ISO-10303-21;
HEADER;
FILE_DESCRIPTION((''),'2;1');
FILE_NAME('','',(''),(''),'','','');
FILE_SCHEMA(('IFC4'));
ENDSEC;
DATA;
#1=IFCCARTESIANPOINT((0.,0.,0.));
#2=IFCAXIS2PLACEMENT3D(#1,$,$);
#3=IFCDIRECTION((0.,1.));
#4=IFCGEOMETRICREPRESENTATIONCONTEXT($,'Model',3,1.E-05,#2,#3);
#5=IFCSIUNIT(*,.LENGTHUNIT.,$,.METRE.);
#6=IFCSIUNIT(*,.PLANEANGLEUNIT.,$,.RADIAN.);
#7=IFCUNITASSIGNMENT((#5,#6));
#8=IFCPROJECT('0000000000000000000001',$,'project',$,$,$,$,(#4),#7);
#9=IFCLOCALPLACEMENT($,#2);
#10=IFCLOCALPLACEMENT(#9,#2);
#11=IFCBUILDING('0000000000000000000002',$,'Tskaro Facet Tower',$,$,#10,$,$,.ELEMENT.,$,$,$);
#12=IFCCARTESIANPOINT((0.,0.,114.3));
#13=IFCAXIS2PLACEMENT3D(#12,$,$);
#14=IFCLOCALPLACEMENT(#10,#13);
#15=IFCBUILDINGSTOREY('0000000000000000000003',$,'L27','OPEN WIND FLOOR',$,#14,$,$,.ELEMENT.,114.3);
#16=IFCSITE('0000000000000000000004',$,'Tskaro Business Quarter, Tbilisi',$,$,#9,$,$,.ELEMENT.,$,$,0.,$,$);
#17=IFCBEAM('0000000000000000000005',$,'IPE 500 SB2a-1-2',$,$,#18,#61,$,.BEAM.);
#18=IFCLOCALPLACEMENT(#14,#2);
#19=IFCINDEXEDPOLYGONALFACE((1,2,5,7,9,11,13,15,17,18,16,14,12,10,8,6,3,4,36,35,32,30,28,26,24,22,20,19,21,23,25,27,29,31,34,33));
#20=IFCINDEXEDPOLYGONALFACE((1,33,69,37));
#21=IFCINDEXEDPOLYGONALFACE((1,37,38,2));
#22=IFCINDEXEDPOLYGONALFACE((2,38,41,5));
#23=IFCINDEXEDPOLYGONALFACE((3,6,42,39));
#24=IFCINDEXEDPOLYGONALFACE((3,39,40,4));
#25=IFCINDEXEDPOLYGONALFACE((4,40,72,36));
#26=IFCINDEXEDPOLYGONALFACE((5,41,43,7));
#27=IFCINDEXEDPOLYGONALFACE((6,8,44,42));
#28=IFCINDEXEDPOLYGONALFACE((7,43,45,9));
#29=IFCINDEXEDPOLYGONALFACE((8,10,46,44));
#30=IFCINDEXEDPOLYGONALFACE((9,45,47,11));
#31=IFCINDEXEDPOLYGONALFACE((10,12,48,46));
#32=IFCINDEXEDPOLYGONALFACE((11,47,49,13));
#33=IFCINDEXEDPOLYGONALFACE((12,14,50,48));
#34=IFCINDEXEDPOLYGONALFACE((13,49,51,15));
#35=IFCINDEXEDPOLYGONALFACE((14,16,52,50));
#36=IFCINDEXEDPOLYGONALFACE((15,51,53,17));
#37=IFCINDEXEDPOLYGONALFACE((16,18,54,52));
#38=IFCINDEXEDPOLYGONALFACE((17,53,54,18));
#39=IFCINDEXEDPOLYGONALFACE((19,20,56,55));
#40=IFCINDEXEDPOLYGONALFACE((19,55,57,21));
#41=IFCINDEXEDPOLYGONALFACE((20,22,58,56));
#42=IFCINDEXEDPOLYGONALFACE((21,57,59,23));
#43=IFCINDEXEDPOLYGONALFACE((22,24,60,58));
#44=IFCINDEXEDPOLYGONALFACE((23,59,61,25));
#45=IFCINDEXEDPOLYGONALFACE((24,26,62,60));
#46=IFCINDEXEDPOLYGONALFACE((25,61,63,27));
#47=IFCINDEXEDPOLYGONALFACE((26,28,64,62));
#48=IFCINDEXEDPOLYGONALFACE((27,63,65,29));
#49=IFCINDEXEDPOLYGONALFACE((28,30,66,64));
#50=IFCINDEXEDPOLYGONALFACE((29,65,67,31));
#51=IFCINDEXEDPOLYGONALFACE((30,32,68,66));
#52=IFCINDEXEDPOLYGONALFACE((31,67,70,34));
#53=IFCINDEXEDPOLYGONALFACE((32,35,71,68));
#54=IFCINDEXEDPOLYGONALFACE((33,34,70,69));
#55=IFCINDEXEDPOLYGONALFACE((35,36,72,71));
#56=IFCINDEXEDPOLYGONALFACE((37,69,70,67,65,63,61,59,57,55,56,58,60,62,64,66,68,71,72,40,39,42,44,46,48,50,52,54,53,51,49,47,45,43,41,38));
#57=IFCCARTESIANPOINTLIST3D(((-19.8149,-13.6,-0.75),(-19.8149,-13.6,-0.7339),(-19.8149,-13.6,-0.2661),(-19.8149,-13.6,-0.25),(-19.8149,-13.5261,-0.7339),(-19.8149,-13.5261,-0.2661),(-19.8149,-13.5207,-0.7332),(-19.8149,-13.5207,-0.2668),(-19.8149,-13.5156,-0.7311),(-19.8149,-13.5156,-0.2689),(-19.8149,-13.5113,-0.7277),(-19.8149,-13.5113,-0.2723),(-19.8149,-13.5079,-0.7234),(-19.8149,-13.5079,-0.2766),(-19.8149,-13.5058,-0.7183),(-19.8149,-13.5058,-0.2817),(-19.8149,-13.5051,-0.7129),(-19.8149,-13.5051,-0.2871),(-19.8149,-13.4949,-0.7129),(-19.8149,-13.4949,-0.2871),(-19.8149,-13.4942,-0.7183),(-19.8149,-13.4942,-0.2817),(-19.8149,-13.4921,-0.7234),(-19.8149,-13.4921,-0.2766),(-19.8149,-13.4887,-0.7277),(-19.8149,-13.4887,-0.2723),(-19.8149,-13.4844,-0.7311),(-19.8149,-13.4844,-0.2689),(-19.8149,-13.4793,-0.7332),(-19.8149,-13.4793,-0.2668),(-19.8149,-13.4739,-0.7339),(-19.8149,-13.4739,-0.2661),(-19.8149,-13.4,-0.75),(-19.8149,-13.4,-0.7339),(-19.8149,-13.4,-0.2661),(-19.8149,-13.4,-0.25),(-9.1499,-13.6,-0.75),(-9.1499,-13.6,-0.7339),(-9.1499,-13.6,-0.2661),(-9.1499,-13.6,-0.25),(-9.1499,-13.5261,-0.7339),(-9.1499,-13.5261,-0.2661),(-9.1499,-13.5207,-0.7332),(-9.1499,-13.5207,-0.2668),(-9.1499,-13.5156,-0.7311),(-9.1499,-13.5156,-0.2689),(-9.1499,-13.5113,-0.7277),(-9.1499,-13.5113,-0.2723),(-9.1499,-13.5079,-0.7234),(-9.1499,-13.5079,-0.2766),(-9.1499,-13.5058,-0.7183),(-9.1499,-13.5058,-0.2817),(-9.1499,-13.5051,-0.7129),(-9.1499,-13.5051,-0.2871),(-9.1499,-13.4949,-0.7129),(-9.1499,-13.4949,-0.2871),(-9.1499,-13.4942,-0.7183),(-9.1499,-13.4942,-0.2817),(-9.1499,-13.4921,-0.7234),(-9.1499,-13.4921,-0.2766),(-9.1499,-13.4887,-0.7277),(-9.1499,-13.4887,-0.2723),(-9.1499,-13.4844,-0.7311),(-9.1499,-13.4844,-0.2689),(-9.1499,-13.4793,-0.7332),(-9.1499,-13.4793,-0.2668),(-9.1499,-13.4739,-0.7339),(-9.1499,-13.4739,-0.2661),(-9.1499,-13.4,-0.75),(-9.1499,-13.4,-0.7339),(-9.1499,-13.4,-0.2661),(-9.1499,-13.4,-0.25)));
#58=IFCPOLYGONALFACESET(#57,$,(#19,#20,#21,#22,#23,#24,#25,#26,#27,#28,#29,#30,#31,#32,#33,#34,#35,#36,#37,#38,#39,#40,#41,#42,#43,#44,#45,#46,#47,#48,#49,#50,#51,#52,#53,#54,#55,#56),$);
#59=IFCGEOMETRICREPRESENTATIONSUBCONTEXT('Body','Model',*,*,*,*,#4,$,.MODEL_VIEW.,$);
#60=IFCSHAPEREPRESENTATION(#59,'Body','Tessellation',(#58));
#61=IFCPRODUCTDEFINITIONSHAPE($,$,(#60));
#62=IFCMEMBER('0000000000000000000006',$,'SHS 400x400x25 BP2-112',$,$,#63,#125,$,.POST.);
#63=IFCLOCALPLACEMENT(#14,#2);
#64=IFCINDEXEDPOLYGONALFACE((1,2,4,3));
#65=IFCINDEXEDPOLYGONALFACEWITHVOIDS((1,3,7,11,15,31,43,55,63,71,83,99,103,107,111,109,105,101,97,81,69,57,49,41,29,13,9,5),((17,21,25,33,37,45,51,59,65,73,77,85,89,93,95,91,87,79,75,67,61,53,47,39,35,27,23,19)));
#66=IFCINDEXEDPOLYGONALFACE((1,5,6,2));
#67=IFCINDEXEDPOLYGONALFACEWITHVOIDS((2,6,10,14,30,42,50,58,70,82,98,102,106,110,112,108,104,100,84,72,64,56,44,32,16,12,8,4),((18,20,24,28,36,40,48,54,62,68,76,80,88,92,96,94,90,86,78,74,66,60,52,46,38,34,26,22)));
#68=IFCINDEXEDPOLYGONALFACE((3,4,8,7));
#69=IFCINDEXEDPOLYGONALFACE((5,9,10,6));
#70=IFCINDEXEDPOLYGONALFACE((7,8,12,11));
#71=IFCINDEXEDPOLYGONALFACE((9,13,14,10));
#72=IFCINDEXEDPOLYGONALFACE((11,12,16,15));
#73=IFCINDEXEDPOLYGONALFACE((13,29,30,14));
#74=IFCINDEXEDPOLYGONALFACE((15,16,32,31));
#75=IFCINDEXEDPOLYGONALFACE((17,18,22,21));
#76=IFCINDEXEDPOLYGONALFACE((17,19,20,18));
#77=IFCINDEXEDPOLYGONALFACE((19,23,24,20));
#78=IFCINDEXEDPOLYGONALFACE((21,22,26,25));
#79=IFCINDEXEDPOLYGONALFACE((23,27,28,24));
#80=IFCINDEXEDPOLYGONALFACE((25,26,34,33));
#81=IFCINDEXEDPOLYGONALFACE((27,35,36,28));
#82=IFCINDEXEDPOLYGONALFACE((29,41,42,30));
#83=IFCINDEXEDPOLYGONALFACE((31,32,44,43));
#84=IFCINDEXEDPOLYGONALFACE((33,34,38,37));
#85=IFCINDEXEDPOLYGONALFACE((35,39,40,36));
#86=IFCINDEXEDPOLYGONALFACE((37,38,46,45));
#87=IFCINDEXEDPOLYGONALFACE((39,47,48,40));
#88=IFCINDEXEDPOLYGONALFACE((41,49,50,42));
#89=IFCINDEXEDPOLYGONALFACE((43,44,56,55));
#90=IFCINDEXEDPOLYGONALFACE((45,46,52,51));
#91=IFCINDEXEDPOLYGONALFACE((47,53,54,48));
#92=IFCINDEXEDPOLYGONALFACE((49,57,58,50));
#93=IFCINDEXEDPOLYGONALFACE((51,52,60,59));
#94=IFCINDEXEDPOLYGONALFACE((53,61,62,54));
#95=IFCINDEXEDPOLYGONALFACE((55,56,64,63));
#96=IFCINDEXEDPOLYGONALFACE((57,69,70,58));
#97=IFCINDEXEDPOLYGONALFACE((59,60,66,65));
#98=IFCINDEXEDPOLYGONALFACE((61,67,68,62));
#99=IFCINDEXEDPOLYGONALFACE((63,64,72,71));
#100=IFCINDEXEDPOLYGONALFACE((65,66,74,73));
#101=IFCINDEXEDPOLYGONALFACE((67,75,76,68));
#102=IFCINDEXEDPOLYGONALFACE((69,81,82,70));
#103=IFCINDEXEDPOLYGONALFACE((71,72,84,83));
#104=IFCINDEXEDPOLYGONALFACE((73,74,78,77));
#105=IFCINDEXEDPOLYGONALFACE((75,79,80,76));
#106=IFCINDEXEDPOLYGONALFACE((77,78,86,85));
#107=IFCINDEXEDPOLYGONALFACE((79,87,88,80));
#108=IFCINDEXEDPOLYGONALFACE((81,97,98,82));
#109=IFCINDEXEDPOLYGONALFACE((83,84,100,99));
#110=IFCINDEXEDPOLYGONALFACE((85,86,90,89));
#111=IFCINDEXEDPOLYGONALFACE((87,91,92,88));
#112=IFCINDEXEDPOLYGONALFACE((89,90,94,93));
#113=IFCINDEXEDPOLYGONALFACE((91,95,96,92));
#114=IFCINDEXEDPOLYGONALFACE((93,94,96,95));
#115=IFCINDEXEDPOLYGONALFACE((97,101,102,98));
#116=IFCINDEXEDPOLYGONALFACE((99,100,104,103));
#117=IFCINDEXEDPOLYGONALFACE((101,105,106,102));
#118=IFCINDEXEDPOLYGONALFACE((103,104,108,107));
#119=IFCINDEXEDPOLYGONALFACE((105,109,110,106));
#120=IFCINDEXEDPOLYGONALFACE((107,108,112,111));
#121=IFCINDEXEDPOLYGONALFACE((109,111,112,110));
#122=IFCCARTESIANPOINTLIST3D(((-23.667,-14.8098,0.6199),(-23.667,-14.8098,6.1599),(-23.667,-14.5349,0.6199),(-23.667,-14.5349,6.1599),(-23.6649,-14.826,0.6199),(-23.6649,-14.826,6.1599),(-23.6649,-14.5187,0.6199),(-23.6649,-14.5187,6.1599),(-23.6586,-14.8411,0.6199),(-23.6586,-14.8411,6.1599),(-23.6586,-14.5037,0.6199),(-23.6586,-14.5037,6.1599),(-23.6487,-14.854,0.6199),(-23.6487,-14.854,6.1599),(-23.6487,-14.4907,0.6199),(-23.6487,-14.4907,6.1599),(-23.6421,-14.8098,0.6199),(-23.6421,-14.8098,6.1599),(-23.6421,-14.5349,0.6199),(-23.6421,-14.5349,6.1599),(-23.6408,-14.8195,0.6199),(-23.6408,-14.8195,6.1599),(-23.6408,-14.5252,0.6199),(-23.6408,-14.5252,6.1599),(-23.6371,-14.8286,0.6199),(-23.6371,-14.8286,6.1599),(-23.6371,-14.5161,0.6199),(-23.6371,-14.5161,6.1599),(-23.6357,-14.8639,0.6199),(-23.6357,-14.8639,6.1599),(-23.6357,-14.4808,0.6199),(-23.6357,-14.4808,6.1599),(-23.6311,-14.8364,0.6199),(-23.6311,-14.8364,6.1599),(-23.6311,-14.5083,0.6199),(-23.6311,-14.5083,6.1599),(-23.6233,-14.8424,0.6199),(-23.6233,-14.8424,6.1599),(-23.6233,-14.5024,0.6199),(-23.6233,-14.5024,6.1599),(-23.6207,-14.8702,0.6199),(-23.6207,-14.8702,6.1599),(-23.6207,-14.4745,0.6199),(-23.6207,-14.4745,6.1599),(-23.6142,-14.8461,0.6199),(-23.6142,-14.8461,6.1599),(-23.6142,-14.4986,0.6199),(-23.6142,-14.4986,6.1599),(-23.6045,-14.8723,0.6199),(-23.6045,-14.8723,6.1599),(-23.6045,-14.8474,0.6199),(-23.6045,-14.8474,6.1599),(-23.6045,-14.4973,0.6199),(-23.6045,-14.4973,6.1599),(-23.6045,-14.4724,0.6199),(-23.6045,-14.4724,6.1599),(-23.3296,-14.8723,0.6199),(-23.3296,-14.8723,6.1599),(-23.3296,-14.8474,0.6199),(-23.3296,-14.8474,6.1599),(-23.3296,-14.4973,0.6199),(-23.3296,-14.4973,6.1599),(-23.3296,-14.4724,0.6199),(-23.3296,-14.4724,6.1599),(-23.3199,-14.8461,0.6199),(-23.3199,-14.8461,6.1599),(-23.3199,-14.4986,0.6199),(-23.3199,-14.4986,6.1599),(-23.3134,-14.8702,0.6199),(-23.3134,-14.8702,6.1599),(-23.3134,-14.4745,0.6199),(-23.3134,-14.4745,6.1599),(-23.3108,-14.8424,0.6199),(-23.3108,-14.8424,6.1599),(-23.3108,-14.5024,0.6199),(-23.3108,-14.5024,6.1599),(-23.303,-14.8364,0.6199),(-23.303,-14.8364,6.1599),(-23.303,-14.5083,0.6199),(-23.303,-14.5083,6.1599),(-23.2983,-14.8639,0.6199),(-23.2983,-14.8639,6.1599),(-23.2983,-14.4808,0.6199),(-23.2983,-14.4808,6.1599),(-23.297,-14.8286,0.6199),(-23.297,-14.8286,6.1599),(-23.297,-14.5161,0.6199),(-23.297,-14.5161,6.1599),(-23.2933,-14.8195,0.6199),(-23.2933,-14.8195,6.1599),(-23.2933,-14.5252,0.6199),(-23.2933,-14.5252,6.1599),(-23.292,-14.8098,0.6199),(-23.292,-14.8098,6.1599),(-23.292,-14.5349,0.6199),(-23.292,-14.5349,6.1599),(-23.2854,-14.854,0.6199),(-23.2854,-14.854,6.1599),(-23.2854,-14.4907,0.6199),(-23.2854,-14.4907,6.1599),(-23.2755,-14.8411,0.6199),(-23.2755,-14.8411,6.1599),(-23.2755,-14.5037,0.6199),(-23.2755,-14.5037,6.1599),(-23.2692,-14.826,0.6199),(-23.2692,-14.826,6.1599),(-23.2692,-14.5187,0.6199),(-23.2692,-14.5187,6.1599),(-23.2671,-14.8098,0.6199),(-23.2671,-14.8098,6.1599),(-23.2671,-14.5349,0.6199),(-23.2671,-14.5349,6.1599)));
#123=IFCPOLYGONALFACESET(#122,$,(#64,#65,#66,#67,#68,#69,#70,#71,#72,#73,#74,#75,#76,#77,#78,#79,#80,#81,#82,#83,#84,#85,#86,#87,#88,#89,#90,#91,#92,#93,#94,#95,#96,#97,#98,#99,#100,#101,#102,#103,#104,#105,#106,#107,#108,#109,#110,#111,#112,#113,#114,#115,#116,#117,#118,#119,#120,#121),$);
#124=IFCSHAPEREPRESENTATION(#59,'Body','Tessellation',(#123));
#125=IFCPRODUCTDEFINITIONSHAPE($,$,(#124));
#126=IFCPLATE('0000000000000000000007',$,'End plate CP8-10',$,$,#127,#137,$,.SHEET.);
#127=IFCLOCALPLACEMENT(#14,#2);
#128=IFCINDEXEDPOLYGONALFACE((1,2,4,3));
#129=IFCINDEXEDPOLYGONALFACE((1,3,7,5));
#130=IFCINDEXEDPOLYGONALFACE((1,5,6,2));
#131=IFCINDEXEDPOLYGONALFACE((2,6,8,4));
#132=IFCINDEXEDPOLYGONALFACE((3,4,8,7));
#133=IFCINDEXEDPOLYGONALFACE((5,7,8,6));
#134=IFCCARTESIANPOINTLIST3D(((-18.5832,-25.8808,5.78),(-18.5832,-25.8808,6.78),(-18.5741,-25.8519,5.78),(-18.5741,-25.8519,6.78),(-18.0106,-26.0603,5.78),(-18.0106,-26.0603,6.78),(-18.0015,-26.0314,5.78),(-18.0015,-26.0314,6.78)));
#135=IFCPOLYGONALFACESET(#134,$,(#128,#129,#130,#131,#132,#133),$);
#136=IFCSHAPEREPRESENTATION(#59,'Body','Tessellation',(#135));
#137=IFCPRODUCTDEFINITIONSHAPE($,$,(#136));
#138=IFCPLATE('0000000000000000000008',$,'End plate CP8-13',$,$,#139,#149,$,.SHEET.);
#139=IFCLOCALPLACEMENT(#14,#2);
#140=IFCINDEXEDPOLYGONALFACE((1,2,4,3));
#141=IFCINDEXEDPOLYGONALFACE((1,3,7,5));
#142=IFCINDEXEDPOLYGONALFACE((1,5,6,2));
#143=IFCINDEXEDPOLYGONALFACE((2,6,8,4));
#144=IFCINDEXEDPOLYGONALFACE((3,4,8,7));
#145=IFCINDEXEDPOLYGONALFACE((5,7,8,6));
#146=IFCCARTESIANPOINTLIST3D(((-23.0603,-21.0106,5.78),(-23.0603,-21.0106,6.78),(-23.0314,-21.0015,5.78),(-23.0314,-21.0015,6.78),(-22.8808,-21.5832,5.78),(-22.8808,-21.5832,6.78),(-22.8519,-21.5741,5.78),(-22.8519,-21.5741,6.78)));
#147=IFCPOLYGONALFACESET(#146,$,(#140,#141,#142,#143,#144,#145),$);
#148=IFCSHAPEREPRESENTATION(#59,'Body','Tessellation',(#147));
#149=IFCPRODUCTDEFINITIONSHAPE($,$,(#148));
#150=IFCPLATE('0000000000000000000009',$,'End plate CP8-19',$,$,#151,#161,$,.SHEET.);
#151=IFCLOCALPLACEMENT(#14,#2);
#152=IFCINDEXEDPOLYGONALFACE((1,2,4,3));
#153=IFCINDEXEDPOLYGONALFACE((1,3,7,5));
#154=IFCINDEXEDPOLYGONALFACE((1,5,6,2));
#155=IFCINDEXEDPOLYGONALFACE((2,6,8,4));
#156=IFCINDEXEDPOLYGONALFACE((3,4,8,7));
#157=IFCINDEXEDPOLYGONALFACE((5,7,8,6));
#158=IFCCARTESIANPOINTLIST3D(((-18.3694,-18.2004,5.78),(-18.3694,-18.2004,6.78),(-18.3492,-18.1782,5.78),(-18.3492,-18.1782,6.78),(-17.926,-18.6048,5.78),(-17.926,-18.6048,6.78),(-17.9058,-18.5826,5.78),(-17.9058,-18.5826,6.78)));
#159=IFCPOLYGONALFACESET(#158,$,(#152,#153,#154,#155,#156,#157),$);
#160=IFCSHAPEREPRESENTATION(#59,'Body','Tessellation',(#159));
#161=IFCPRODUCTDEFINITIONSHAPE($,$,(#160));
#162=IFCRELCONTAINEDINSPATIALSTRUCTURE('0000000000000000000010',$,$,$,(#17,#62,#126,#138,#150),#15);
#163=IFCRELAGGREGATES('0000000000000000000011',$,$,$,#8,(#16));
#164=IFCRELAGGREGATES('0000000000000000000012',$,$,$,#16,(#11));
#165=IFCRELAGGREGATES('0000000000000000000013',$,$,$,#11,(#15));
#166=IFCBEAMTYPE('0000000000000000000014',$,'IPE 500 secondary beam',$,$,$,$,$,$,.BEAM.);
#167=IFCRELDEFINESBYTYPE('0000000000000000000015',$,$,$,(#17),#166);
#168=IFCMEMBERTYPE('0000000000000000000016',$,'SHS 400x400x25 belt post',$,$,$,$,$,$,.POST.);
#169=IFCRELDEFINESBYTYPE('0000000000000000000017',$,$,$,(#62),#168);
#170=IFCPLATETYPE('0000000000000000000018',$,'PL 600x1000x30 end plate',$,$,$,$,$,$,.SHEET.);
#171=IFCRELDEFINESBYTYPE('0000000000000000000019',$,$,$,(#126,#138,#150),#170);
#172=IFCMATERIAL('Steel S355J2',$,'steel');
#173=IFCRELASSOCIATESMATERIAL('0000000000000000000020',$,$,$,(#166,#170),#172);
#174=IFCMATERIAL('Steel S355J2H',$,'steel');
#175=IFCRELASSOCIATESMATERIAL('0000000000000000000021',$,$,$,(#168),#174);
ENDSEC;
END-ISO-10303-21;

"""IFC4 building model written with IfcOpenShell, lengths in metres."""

from ifc_helpers import new_model, si_unit, direction, frame, origin, origin_2d, place, context, subcontext, project, spatial, rectangle, hollow_rectangle, i_section, extrude, material, material_profile, profile_set, type_object, element, save


model = new_model("IFC4")

# Units and contexts
model_context = context("Model", 3, precision=1e-05, world=origin(), true_north=direction((0.0, 1.0)))
body_context = subcontext(model_context, "Body", "Model", "MODEL_VIEW")
ifc_project = project(units=[si_unit("LENGTHUNIT", "METRE"), si_unit("PLANEANGLEUNIT", "RADIAN")], contexts=[model_context])

# Site, building, storey
site_placement = place(None, origin())
site = spatial("IfcSite", under=ifc_project, at=site_placement, Name="Tskaro Business Quarter, Tbilisi", CompositionType="ELEMENT", RefElevation=0.0)
building_placement = place(site_placement, origin())
building = spatial("IfcBuilding", under=site, at=building_placement, Name="Tskaro Facet Tower", CompositionType="ELEMENT")
storey_placement = place(building_placement, frame((0.0, 0.0, 114.3)))
storey = spatial("IfcBuildingStorey", under=building, at=storey_placement, Name="L27", Description="OPEN WIND FLOOR", CompositionType="ELEMENT", Elevation=114.3)

# Shared definitions
ifc_material_1 = material(Name="Steel S355J2H", Category="steel")

# Shared definitions
ifc_material_2 = material(Name="Steel S355J2", Category="steel")

# Beam
ifc_material_profile_1 = material_profile(ifc_material_2, i_section(OverallWidth=0.2, OverallDepth=0.5, WebThickness=0.0103, FlangeThickness=0.0161, FilletRadius=0.021, at=origin_2d()), Name="IPE 500")
ifc_profile_set_1 = profile_set([ifc_material_profile_1], Name="Steel S355J2")
beam_type_1 = type_object("IfcBeamType", Name="IPE 500 secondary beam", PredefinedType="BEAM", material=ifc_profile_set_1)
beam_1_placement = place(storey_placement, frame((-19.8149, -13.5, -0.5), z_axis=(1.0, 0.0, 0.0), x_axis=(0.0, 1.0, 0.0)))
element("IfcBeam", 1, at=beam_1_placement, inside=storey, type_object=beam_type_1, Name="IPE 500 SB2a-1-2", PredefinedType="BEAM", context=body_context, shape_type="SweptSolid", body=[
    extrude(i_section(OverallWidth=0.2, OverallDepth=0.5, WebThickness=0.0103, FlangeThickness=0.0161, FilletRadius=0.021, at=origin_2d()), origin(), (0.0, 0.0, 1.0), 10.665),
])

# Member
ifc_material_profile_2 = material_profile(ifc_material_1, hollow_rectangle(XDim=0.3999, YDim=0.3999, WallThickness=0.0249, InnerFilletRadius=0.0376, OuterFilletRadius=0.0625, at=origin_2d()), Name="SHS 400x400x25")
ifc_profile_set_2 = profile_set([ifc_material_profile_2], Name="Steel S355J2H")
member_type_1 = type_object("IfcMemberType", Name="SHS 400x400x25 belt post", PredefinedType="POST", material=ifc_profile_set_2)
member_1_placement = place(storey_placement, frame((-23.467, -14.6724, 0.6199), z_axis=(0.0, 0.0, 1.0), x_axis=(1.0, 0.0, 0.0)))
element("IfcMember", 2, at=member_1_placement, inside=storey, type_object=member_type_1, Name="SHS 400x400x25 BP2-112", PredefinedType="POST", context=body_context, shape_type="SweptSolid", body=[
    extrude(hollow_rectangle(XDim=0.3999, YDim=0.3999, WallThickness=0.0249, InnerFilletRadius=0.0376, OuterFilletRadius=0.0625, at=origin_2d()), origin(), (0.0, 0.0, 1.0), 5.54),
])

# Plates
ifc_material_profile_3 = material_profile(ifc_material_2, rectangle(XDim=0.6001, YDim=1.0, at=origin_2d()), Name="PL 600x1000x30 end plate")
ifc_profile_set_3 = profile_set([ifc_material_profile_3], Name="Steel S355J2")
plate_type = type_object("IfcPlateType", Name="PL 600x1000x30 end plate", PredefinedType="SHEET", material=ifc_profile_set_3)
for number, where, z_axis, x_axis, name in (
    (3, (-18.2878, -25.9417, 6.28), (-0.299196, -0.954192, 0.0), (0.954192, -0.299196, 0.0), "End plate CP8-10"),
    (4, (-22.9417, -21.2878, 6.28), (-0.954192, -0.299196, 0.0), (0.299196, -0.954192, 0.0), "End plate CP8-13"),
):
    element("IfcPlate", number, at=place(storey_placement, frame(where, z_axis=z_axis, x_axis=x_axis)), inside=storey, type_object=plate_type, Name=name, PredefinedType="SHEET", context=body_context, shape_type="SweptSolid", body=[
        extrude(rectangle(XDim=0.6001, YDim=1.0, at=origin_2d()), origin(), (0.0, 0.0, 1.0), 0.0303),
    ])
plate_placement = place(storey_placement, frame((-18.1477, -18.4026, 6.28), z_axis=(0.673884, 0.738837, 0.0), x_axis=(-0.738837, 0.673884, 0.0)))
element("IfcPlate", 5, at=plate_placement, inside=storey, type_object=plate_type, Name="End plate CP8-19", PredefinedType="SHEET", context=body_context, shape_type="SweptSolid", body=[
    extrude(rectangle(XDim=0.6001, YDim=1.0, at=origin_2d()), origin(), (0.0, 0.0, 1.0), 0.03),
])

save(model, "model.ifc")
